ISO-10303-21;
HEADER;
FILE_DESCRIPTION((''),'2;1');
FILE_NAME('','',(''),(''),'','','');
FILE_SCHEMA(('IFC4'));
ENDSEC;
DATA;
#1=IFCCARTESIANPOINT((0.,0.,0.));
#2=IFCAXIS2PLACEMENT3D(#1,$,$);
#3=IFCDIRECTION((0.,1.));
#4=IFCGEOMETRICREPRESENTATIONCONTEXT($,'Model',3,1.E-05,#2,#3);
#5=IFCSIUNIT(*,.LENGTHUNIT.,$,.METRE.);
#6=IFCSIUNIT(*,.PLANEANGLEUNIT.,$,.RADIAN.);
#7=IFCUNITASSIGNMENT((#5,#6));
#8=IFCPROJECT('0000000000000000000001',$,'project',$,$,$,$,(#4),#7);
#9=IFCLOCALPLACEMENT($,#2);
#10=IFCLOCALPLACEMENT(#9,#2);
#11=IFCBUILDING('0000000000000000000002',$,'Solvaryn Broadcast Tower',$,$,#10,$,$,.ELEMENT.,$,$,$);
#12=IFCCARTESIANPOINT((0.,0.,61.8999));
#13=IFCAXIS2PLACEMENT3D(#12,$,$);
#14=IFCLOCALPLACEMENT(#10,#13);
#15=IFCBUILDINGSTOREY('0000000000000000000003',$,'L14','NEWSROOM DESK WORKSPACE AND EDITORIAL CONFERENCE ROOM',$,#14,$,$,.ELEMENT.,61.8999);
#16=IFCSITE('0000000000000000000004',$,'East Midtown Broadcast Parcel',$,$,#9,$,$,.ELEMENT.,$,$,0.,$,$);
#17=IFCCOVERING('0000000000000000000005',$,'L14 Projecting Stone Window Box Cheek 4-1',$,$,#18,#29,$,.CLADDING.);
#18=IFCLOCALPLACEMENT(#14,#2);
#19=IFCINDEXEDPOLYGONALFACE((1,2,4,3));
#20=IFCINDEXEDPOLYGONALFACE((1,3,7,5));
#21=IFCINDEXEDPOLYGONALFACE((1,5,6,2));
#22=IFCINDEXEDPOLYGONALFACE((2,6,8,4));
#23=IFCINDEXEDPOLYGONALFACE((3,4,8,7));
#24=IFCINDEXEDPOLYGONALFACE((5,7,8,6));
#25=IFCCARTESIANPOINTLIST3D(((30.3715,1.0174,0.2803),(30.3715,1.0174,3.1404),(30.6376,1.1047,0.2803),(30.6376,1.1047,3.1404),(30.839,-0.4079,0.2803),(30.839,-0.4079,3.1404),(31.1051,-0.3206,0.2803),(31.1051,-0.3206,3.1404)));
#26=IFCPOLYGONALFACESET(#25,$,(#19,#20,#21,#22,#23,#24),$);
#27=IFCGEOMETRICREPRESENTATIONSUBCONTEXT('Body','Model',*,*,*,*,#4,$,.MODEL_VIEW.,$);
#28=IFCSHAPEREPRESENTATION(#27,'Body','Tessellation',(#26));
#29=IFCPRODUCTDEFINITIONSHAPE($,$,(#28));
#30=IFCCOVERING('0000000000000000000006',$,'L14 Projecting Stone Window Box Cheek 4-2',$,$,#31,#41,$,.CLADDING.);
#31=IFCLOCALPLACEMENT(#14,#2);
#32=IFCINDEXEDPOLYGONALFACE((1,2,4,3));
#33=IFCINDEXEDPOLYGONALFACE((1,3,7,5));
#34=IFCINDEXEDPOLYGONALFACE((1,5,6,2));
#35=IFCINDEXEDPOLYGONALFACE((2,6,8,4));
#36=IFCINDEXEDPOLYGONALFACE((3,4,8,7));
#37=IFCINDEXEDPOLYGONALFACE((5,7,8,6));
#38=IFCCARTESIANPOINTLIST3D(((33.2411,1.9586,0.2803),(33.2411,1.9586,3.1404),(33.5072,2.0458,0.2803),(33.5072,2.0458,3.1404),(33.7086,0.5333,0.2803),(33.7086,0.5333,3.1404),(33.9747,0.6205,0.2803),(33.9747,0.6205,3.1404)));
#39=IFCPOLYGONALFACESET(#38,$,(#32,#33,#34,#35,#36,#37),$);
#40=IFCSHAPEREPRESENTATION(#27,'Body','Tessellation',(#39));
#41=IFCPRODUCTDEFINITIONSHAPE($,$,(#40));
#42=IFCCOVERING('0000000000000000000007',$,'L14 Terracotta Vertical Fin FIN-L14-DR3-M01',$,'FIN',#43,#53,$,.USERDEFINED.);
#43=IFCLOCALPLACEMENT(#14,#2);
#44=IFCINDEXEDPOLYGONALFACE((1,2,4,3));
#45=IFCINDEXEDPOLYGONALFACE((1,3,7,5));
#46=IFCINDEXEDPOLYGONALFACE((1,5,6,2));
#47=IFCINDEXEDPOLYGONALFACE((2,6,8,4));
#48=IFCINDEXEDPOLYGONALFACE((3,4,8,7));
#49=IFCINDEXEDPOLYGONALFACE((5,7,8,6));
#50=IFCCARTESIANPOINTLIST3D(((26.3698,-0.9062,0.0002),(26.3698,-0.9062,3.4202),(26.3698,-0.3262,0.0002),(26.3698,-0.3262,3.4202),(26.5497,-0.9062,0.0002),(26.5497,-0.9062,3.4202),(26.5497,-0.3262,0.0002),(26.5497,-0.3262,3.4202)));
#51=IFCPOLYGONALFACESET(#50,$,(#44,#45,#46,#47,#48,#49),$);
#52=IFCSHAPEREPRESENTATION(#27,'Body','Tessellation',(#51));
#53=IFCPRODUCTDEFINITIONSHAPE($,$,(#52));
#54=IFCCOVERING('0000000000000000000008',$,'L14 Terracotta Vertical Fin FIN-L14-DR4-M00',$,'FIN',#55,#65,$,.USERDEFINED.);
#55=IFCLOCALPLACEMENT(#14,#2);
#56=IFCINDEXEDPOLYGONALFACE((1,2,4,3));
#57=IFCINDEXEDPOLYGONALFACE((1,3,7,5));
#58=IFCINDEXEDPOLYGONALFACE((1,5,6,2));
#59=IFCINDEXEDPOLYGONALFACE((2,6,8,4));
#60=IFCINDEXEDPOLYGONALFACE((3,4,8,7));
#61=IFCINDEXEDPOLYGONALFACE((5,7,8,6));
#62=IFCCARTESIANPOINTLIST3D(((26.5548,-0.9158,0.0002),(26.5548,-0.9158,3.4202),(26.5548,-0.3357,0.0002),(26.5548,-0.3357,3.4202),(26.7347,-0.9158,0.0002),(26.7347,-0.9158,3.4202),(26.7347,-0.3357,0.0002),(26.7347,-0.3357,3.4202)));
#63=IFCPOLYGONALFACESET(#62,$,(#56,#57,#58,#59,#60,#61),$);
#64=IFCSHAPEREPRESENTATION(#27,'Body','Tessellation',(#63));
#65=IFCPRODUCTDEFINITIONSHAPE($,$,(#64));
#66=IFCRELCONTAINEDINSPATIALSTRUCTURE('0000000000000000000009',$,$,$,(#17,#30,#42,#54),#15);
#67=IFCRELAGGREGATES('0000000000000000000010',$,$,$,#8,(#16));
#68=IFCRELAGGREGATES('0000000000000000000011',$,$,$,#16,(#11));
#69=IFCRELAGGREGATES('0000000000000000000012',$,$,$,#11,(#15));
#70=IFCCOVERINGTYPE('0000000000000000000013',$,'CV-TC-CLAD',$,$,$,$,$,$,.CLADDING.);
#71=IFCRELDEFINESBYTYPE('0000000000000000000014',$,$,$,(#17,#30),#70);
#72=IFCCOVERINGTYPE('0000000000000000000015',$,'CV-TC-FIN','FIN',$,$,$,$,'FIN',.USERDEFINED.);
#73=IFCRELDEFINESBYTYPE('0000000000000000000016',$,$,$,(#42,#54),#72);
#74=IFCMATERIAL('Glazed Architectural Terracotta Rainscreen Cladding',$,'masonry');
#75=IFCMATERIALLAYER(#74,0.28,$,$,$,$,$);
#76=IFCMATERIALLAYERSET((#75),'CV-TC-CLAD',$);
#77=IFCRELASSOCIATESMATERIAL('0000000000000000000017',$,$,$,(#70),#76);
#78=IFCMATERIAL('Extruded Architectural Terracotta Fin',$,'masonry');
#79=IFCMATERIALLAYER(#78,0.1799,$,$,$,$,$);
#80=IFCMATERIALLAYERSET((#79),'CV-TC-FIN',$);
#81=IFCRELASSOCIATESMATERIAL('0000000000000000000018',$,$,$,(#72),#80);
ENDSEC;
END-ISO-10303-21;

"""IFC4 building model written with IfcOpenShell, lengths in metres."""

from ifc_helpers import new_model, si_unit, direction, frame, origin, origin_2d, place, context, subcontext, project, spatial, rectangle, extrude, material, layer, layer_set, type_object, element, save


model = new_model("IFC4")

# Units and contexts
model_context = context("Model", 3, precision=1e-05, world=origin(), true_north=direction((0.0, 1.0)))
body_context = subcontext(model_context, "Body", "Model", "MODEL_VIEW")
ifc_project = project(units=[si_unit("LENGTHUNIT", "METRE"), si_unit("PLANEANGLEUNIT", "RADIAN")], contexts=[model_context])

# Site, building, storey
site_placement = place(None, origin())
site = spatial("IfcSite", under=ifc_project, at=site_placement, Name="East Midtown Broadcast Parcel", CompositionType="ELEMENT", RefElevation=0.0)
building_placement = place(site_placement, origin())
building = spatial("IfcBuilding", under=site, at=building_placement, Name="Solvaryn Broadcast Tower", CompositionType="ELEMENT")
storey_placement = place(building_placement, frame((0.0, 0.0, 61.8999)))
storey = spatial("IfcBuildingStorey", under=building, at=storey_placement, Name="L14", Description="NEWSROOM DESK WORKSPACE AND EDITORIAL CONFERENCE ROOM", CompositionType="ELEMENT", Elevation=61.8999)

# Coverings
ifc_material_1 = material(Name="Glazed Architectural Terracotta Rainscreen Cladding", Category="masonry")
ifc_layer_1 = layer(ifc_material_1, 0.28)
ifc_layer_set_1 = layer_set([ifc_layer_1], Name="CV-TC-CLAD")
covering_type_1 = type_object("IfcCoveringType", Name="CV-TC-CLAD", PredefinedType="CLADDING", material=ifc_layer_set_1)
for number, where, z_axis, x_axis, name in (
    (1, (30.7383, 0.3484, 0.2803), (0.0, 0.0, 1.0), (0.95019, 0.311672, 0.0), "L14 Projecting Stone Window Box Cheek 4-1"),
    (2, (33.6079, 1.2896, 0.2803), (0.0, 0.0, 1.0), (0.95019, 0.311672, 0.0), "L14 Projecting Stone Window Box Cheek 4-2"),
):
    element("IfcCovering", number, at=place(storey_placement, frame(where, z_axis=z_axis, x_axis=x_axis)), inside=storey, type_object=covering_type_1, Name=name, PredefinedType="CLADDING", context=body_context, shape_type="SweptSolid", body=[
        extrude(rectangle(XDim=0.28, YDim=1.5, at=origin_2d()), origin(), (0.0, 0.0, 1.0), 2.8601),
    ])
ifc_material_2 = material(Name="Extruded Architectural Terracotta Fin", Category="masonry")
ifc_layer_2 = layer(ifc_material_2, 0.1799)
ifc_layer_set_2 = layer_set([ifc_layer_2], Name="CV-TC-FIN")
covering_type_2 = type_object("IfcCoveringType", Name="CV-TC-FIN", Description="FIN", ElementType="FIN", PredefinedType="USERDEFINED", material=ifc_layer_set_2)
for number, where, z_axis, x_axis, name in (
    (3, (26.4597, -0.6162, 0.0002), (0.0, 0.0, 1.0), (1.0, 0.0, 0.0), "L14 Terracotta Vertical Fin FIN-L14-DR3-M01"),
    (4, (26.6448, -0.6257, 0.0002), (0.0, 0.0, 1.0), (1.0, 0.0, 0.0), "L14 Terracotta Vertical Fin FIN-L14-DR4-M00"),
):
    element("IfcCovering", number, at=place(storey_placement, frame(where, z_axis=z_axis, x_axis=x_axis)), inside=storey, type_object=covering_type_2, Name=name, ObjectType="FIN", PredefinedType="USERDEFINED", context=body_context, shape_type="SweptSolid", body=[
        extrude(rectangle(XDim=0.1799, YDim=0.5801, at=origin_2d()), origin(), (0.0, 0.0, 1.0), 3.4199),
    ])

save(model, "model.ifc")
